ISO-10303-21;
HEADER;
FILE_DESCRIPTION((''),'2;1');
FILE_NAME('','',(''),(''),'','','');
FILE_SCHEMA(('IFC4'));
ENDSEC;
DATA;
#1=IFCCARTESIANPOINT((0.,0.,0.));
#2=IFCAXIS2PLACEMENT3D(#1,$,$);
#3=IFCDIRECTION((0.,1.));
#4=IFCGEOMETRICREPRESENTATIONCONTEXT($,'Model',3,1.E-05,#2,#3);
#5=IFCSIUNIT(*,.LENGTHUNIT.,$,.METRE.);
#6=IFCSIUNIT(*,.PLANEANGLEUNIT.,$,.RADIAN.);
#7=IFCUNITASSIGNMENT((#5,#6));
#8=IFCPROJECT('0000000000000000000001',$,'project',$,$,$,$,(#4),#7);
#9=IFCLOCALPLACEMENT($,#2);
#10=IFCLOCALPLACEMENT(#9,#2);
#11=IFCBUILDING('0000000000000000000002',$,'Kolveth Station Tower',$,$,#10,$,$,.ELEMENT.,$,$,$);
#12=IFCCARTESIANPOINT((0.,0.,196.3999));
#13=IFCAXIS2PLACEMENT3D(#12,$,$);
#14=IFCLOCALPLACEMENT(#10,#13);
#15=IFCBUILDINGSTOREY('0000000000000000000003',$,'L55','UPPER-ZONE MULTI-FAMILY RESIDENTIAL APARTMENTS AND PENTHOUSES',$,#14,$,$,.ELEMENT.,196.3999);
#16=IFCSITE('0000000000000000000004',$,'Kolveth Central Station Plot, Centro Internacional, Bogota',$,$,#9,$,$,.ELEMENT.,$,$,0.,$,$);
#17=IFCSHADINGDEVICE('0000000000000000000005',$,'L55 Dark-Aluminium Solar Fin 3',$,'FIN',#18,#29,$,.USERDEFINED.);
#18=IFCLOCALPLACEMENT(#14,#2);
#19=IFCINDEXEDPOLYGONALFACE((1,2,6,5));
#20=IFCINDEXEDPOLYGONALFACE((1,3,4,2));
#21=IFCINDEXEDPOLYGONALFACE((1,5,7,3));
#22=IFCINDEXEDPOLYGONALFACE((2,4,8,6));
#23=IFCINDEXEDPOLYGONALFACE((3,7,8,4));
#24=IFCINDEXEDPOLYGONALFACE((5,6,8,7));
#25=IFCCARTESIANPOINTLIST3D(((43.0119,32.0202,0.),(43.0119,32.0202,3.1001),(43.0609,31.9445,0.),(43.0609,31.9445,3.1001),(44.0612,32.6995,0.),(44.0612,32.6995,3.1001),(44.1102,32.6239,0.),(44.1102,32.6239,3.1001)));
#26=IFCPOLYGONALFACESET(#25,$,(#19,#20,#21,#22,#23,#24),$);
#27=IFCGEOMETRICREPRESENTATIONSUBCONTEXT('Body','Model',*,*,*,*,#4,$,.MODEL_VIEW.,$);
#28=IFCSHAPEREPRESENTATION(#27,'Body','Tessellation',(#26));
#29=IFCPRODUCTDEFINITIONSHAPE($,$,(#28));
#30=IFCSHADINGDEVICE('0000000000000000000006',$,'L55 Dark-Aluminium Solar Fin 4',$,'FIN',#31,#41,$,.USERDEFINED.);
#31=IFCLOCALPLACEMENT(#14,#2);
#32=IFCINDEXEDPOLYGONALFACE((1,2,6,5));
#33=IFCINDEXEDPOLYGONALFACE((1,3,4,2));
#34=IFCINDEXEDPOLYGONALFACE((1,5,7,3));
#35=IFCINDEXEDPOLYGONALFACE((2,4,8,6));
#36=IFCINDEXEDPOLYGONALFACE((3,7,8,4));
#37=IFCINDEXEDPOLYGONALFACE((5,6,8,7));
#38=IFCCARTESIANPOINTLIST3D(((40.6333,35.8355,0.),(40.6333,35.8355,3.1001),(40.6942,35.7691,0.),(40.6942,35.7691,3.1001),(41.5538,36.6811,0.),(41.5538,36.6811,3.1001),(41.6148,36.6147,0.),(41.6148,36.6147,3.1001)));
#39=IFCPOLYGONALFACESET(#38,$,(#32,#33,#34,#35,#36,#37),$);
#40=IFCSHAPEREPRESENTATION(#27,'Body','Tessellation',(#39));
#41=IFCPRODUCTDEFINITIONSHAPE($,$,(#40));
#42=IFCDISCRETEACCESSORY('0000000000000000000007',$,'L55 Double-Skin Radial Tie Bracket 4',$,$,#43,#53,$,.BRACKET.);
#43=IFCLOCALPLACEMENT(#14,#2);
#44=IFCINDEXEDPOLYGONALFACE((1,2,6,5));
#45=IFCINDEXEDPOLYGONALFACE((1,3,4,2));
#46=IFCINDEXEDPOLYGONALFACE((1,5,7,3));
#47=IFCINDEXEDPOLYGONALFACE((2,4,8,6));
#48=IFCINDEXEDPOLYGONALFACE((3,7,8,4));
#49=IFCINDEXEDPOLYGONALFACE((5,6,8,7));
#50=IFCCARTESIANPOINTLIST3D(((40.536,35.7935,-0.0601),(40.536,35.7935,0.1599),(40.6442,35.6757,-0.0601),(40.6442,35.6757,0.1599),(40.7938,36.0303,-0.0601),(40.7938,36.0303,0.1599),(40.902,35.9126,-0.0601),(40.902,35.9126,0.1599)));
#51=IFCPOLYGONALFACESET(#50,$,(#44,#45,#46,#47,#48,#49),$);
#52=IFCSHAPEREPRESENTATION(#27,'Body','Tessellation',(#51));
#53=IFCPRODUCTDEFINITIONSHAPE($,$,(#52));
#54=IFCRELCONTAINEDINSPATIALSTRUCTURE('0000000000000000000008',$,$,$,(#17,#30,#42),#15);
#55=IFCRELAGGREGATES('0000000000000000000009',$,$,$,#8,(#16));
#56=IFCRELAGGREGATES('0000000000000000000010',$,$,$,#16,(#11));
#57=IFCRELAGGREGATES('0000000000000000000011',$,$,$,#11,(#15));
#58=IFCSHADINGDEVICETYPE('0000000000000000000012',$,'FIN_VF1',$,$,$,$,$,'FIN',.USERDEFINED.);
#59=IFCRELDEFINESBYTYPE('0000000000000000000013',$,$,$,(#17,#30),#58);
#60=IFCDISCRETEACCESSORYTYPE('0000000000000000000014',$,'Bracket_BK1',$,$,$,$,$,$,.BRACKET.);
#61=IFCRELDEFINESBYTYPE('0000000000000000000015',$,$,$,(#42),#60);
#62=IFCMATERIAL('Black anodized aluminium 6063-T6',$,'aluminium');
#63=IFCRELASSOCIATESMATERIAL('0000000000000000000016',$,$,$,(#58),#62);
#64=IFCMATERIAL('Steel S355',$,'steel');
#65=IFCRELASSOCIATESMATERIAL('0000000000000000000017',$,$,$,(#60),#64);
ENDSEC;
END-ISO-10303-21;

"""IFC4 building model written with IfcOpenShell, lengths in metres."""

from ifc_helpers import new_model, si_unit, direction, frame, origin, origin_2d, place, context, subcontext, project, spatial, rectangle, extrude, source, transform, mapped, material, type_object, element, save


model = new_model("IFC4")

# Units and contexts
model_context = context("Model", 3, precision=1e-05, world=origin(), true_north=direction((0.0, 1.0)))
body_context = subcontext(model_context, "Body", "Model", "MODEL_VIEW")
ifc_project = project(units=[si_unit("LENGTHUNIT", "METRE"), si_unit("PLANEANGLEUNIT", "RADIAN")], contexts=[model_context])

# Site, building, storey
site_placement = place(None, origin())
site = spatial("IfcSite", under=ifc_project, at=site_placement, Name="Kolveth Central Station Plot, Centro Internacional, Bogota", CompositionType="ELEMENT", RefElevation=0.0)
building_placement = place(site_placement, origin())
building = spatial("IfcBuilding", under=site, at=building_placement, Name="Kolveth Station Tower", CompositionType="ELEMENT")
storey_placement = place(building_placement, frame((0.0, 0.0, 196.3999)))
storey = spatial("IfcBuildingStorey", under=building, at=storey_placement, Name="L55", Description="UPPER-ZONE MULTI-FAMILY RESIDENTIAL APARTMENTS AND PENTHOUSES", CompositionType="ELEMENT", Elevation=196.3999)

# Shared definitions
ifc_material_1 = material(Name="Steel S355", Category="steel")

# Shared definitions
ifc_material_2 = material(Name="Black anodized aluminium 6063-T6", Category="aluminium")

# Shading devices
shading_device_type = type_object("IfcShadingDeviceType", Name="FIN_VF1", ElementType="FIN", PredefinedType="USERDEFINED", material=ifc_material_2)
shared_shape_1 = source(origin(), body_context, "Body", "SweptSolid", [
    extrude(rectangle(XDim=1.25, YDim=0.0901, at=origin_2d()), origin(), (0.0, 0.0, 1.0), 3.1001),
])
for number, where, z_axis, x_axis, name in (
    (1, (43.561, 32.322, 0.0), (0.0, 0.0, 1.0), (0.83943, 0.543467, 0.0), "L55 Dark-Aluminium Solar Fin 3"),
    (2, (41.124, 36.2251, 0.0), (0.0, 0.0, 1.0), (0.736451, 0.67649, 0.0), "L55 Dark-Aluminium Solar Fin 4"),
):
    element("IfcShadingDevice", number, at=place(storey_placement, frame(where, z_axis=z_axis, x_axis=x_axis)), inside=storey, type_object=shading_device_type, Name=name, ObjectType="FIN", PredefinedType="USERDEFINED", context=body_context, shape_type="MappedRepresentation", body=[
        mapped(shared_shape_1, transform((0.0, 0.0, 0.0), x_axis=(1.0, 0.0, 0.0), y_axis=(0.0, 1.0, 0.0), z_axis=(0.0, 0.0, 1.0), scale=1.0)),
    ])

# Discrete accessory
discrete_accessory_type = type_object("IfcDiscreteAccessoryType", Name="Bracket_BK1", PredefinedType="BRACKET", material=ifc_material_1)
shared_shape_2 = source(origin(), body_context, "Body", "SweptSolid", [
    extrude(rectangle(XDim=0.3501, YDim=0.1599, at=origin_2d()), origin(), (0.0, 0.0, 1.0), 0.22),
])
discrete_accessory_placement = place(storey_placement, frame((40.719, 35.853, -0.0601), z_axis=(0.0, 0.0, 1.0), x_axis=(0.736451, 0.67649, 0.0)))
element("IfcDiscreteAccessory", 3, at=discrete_accessory_placement, inside=storey, type_object=discrete_accessory_type, Name="L55 Double-Skin Radial Tie Bracket 4", PredefinedType="BRACKET", context=body_context, shape_type="MappedRepresentation", body=[
    mapped(shared_shape_2, transform((0.0, 0.0, 0.0), x_axis=(1.0, 0.0, 0.0), y_axis=(0.0, 1.0, 0.0), z_axis=(0.0, 0.0, 1.0), scale=1.0)),
])

save(model, "model.ifc")
